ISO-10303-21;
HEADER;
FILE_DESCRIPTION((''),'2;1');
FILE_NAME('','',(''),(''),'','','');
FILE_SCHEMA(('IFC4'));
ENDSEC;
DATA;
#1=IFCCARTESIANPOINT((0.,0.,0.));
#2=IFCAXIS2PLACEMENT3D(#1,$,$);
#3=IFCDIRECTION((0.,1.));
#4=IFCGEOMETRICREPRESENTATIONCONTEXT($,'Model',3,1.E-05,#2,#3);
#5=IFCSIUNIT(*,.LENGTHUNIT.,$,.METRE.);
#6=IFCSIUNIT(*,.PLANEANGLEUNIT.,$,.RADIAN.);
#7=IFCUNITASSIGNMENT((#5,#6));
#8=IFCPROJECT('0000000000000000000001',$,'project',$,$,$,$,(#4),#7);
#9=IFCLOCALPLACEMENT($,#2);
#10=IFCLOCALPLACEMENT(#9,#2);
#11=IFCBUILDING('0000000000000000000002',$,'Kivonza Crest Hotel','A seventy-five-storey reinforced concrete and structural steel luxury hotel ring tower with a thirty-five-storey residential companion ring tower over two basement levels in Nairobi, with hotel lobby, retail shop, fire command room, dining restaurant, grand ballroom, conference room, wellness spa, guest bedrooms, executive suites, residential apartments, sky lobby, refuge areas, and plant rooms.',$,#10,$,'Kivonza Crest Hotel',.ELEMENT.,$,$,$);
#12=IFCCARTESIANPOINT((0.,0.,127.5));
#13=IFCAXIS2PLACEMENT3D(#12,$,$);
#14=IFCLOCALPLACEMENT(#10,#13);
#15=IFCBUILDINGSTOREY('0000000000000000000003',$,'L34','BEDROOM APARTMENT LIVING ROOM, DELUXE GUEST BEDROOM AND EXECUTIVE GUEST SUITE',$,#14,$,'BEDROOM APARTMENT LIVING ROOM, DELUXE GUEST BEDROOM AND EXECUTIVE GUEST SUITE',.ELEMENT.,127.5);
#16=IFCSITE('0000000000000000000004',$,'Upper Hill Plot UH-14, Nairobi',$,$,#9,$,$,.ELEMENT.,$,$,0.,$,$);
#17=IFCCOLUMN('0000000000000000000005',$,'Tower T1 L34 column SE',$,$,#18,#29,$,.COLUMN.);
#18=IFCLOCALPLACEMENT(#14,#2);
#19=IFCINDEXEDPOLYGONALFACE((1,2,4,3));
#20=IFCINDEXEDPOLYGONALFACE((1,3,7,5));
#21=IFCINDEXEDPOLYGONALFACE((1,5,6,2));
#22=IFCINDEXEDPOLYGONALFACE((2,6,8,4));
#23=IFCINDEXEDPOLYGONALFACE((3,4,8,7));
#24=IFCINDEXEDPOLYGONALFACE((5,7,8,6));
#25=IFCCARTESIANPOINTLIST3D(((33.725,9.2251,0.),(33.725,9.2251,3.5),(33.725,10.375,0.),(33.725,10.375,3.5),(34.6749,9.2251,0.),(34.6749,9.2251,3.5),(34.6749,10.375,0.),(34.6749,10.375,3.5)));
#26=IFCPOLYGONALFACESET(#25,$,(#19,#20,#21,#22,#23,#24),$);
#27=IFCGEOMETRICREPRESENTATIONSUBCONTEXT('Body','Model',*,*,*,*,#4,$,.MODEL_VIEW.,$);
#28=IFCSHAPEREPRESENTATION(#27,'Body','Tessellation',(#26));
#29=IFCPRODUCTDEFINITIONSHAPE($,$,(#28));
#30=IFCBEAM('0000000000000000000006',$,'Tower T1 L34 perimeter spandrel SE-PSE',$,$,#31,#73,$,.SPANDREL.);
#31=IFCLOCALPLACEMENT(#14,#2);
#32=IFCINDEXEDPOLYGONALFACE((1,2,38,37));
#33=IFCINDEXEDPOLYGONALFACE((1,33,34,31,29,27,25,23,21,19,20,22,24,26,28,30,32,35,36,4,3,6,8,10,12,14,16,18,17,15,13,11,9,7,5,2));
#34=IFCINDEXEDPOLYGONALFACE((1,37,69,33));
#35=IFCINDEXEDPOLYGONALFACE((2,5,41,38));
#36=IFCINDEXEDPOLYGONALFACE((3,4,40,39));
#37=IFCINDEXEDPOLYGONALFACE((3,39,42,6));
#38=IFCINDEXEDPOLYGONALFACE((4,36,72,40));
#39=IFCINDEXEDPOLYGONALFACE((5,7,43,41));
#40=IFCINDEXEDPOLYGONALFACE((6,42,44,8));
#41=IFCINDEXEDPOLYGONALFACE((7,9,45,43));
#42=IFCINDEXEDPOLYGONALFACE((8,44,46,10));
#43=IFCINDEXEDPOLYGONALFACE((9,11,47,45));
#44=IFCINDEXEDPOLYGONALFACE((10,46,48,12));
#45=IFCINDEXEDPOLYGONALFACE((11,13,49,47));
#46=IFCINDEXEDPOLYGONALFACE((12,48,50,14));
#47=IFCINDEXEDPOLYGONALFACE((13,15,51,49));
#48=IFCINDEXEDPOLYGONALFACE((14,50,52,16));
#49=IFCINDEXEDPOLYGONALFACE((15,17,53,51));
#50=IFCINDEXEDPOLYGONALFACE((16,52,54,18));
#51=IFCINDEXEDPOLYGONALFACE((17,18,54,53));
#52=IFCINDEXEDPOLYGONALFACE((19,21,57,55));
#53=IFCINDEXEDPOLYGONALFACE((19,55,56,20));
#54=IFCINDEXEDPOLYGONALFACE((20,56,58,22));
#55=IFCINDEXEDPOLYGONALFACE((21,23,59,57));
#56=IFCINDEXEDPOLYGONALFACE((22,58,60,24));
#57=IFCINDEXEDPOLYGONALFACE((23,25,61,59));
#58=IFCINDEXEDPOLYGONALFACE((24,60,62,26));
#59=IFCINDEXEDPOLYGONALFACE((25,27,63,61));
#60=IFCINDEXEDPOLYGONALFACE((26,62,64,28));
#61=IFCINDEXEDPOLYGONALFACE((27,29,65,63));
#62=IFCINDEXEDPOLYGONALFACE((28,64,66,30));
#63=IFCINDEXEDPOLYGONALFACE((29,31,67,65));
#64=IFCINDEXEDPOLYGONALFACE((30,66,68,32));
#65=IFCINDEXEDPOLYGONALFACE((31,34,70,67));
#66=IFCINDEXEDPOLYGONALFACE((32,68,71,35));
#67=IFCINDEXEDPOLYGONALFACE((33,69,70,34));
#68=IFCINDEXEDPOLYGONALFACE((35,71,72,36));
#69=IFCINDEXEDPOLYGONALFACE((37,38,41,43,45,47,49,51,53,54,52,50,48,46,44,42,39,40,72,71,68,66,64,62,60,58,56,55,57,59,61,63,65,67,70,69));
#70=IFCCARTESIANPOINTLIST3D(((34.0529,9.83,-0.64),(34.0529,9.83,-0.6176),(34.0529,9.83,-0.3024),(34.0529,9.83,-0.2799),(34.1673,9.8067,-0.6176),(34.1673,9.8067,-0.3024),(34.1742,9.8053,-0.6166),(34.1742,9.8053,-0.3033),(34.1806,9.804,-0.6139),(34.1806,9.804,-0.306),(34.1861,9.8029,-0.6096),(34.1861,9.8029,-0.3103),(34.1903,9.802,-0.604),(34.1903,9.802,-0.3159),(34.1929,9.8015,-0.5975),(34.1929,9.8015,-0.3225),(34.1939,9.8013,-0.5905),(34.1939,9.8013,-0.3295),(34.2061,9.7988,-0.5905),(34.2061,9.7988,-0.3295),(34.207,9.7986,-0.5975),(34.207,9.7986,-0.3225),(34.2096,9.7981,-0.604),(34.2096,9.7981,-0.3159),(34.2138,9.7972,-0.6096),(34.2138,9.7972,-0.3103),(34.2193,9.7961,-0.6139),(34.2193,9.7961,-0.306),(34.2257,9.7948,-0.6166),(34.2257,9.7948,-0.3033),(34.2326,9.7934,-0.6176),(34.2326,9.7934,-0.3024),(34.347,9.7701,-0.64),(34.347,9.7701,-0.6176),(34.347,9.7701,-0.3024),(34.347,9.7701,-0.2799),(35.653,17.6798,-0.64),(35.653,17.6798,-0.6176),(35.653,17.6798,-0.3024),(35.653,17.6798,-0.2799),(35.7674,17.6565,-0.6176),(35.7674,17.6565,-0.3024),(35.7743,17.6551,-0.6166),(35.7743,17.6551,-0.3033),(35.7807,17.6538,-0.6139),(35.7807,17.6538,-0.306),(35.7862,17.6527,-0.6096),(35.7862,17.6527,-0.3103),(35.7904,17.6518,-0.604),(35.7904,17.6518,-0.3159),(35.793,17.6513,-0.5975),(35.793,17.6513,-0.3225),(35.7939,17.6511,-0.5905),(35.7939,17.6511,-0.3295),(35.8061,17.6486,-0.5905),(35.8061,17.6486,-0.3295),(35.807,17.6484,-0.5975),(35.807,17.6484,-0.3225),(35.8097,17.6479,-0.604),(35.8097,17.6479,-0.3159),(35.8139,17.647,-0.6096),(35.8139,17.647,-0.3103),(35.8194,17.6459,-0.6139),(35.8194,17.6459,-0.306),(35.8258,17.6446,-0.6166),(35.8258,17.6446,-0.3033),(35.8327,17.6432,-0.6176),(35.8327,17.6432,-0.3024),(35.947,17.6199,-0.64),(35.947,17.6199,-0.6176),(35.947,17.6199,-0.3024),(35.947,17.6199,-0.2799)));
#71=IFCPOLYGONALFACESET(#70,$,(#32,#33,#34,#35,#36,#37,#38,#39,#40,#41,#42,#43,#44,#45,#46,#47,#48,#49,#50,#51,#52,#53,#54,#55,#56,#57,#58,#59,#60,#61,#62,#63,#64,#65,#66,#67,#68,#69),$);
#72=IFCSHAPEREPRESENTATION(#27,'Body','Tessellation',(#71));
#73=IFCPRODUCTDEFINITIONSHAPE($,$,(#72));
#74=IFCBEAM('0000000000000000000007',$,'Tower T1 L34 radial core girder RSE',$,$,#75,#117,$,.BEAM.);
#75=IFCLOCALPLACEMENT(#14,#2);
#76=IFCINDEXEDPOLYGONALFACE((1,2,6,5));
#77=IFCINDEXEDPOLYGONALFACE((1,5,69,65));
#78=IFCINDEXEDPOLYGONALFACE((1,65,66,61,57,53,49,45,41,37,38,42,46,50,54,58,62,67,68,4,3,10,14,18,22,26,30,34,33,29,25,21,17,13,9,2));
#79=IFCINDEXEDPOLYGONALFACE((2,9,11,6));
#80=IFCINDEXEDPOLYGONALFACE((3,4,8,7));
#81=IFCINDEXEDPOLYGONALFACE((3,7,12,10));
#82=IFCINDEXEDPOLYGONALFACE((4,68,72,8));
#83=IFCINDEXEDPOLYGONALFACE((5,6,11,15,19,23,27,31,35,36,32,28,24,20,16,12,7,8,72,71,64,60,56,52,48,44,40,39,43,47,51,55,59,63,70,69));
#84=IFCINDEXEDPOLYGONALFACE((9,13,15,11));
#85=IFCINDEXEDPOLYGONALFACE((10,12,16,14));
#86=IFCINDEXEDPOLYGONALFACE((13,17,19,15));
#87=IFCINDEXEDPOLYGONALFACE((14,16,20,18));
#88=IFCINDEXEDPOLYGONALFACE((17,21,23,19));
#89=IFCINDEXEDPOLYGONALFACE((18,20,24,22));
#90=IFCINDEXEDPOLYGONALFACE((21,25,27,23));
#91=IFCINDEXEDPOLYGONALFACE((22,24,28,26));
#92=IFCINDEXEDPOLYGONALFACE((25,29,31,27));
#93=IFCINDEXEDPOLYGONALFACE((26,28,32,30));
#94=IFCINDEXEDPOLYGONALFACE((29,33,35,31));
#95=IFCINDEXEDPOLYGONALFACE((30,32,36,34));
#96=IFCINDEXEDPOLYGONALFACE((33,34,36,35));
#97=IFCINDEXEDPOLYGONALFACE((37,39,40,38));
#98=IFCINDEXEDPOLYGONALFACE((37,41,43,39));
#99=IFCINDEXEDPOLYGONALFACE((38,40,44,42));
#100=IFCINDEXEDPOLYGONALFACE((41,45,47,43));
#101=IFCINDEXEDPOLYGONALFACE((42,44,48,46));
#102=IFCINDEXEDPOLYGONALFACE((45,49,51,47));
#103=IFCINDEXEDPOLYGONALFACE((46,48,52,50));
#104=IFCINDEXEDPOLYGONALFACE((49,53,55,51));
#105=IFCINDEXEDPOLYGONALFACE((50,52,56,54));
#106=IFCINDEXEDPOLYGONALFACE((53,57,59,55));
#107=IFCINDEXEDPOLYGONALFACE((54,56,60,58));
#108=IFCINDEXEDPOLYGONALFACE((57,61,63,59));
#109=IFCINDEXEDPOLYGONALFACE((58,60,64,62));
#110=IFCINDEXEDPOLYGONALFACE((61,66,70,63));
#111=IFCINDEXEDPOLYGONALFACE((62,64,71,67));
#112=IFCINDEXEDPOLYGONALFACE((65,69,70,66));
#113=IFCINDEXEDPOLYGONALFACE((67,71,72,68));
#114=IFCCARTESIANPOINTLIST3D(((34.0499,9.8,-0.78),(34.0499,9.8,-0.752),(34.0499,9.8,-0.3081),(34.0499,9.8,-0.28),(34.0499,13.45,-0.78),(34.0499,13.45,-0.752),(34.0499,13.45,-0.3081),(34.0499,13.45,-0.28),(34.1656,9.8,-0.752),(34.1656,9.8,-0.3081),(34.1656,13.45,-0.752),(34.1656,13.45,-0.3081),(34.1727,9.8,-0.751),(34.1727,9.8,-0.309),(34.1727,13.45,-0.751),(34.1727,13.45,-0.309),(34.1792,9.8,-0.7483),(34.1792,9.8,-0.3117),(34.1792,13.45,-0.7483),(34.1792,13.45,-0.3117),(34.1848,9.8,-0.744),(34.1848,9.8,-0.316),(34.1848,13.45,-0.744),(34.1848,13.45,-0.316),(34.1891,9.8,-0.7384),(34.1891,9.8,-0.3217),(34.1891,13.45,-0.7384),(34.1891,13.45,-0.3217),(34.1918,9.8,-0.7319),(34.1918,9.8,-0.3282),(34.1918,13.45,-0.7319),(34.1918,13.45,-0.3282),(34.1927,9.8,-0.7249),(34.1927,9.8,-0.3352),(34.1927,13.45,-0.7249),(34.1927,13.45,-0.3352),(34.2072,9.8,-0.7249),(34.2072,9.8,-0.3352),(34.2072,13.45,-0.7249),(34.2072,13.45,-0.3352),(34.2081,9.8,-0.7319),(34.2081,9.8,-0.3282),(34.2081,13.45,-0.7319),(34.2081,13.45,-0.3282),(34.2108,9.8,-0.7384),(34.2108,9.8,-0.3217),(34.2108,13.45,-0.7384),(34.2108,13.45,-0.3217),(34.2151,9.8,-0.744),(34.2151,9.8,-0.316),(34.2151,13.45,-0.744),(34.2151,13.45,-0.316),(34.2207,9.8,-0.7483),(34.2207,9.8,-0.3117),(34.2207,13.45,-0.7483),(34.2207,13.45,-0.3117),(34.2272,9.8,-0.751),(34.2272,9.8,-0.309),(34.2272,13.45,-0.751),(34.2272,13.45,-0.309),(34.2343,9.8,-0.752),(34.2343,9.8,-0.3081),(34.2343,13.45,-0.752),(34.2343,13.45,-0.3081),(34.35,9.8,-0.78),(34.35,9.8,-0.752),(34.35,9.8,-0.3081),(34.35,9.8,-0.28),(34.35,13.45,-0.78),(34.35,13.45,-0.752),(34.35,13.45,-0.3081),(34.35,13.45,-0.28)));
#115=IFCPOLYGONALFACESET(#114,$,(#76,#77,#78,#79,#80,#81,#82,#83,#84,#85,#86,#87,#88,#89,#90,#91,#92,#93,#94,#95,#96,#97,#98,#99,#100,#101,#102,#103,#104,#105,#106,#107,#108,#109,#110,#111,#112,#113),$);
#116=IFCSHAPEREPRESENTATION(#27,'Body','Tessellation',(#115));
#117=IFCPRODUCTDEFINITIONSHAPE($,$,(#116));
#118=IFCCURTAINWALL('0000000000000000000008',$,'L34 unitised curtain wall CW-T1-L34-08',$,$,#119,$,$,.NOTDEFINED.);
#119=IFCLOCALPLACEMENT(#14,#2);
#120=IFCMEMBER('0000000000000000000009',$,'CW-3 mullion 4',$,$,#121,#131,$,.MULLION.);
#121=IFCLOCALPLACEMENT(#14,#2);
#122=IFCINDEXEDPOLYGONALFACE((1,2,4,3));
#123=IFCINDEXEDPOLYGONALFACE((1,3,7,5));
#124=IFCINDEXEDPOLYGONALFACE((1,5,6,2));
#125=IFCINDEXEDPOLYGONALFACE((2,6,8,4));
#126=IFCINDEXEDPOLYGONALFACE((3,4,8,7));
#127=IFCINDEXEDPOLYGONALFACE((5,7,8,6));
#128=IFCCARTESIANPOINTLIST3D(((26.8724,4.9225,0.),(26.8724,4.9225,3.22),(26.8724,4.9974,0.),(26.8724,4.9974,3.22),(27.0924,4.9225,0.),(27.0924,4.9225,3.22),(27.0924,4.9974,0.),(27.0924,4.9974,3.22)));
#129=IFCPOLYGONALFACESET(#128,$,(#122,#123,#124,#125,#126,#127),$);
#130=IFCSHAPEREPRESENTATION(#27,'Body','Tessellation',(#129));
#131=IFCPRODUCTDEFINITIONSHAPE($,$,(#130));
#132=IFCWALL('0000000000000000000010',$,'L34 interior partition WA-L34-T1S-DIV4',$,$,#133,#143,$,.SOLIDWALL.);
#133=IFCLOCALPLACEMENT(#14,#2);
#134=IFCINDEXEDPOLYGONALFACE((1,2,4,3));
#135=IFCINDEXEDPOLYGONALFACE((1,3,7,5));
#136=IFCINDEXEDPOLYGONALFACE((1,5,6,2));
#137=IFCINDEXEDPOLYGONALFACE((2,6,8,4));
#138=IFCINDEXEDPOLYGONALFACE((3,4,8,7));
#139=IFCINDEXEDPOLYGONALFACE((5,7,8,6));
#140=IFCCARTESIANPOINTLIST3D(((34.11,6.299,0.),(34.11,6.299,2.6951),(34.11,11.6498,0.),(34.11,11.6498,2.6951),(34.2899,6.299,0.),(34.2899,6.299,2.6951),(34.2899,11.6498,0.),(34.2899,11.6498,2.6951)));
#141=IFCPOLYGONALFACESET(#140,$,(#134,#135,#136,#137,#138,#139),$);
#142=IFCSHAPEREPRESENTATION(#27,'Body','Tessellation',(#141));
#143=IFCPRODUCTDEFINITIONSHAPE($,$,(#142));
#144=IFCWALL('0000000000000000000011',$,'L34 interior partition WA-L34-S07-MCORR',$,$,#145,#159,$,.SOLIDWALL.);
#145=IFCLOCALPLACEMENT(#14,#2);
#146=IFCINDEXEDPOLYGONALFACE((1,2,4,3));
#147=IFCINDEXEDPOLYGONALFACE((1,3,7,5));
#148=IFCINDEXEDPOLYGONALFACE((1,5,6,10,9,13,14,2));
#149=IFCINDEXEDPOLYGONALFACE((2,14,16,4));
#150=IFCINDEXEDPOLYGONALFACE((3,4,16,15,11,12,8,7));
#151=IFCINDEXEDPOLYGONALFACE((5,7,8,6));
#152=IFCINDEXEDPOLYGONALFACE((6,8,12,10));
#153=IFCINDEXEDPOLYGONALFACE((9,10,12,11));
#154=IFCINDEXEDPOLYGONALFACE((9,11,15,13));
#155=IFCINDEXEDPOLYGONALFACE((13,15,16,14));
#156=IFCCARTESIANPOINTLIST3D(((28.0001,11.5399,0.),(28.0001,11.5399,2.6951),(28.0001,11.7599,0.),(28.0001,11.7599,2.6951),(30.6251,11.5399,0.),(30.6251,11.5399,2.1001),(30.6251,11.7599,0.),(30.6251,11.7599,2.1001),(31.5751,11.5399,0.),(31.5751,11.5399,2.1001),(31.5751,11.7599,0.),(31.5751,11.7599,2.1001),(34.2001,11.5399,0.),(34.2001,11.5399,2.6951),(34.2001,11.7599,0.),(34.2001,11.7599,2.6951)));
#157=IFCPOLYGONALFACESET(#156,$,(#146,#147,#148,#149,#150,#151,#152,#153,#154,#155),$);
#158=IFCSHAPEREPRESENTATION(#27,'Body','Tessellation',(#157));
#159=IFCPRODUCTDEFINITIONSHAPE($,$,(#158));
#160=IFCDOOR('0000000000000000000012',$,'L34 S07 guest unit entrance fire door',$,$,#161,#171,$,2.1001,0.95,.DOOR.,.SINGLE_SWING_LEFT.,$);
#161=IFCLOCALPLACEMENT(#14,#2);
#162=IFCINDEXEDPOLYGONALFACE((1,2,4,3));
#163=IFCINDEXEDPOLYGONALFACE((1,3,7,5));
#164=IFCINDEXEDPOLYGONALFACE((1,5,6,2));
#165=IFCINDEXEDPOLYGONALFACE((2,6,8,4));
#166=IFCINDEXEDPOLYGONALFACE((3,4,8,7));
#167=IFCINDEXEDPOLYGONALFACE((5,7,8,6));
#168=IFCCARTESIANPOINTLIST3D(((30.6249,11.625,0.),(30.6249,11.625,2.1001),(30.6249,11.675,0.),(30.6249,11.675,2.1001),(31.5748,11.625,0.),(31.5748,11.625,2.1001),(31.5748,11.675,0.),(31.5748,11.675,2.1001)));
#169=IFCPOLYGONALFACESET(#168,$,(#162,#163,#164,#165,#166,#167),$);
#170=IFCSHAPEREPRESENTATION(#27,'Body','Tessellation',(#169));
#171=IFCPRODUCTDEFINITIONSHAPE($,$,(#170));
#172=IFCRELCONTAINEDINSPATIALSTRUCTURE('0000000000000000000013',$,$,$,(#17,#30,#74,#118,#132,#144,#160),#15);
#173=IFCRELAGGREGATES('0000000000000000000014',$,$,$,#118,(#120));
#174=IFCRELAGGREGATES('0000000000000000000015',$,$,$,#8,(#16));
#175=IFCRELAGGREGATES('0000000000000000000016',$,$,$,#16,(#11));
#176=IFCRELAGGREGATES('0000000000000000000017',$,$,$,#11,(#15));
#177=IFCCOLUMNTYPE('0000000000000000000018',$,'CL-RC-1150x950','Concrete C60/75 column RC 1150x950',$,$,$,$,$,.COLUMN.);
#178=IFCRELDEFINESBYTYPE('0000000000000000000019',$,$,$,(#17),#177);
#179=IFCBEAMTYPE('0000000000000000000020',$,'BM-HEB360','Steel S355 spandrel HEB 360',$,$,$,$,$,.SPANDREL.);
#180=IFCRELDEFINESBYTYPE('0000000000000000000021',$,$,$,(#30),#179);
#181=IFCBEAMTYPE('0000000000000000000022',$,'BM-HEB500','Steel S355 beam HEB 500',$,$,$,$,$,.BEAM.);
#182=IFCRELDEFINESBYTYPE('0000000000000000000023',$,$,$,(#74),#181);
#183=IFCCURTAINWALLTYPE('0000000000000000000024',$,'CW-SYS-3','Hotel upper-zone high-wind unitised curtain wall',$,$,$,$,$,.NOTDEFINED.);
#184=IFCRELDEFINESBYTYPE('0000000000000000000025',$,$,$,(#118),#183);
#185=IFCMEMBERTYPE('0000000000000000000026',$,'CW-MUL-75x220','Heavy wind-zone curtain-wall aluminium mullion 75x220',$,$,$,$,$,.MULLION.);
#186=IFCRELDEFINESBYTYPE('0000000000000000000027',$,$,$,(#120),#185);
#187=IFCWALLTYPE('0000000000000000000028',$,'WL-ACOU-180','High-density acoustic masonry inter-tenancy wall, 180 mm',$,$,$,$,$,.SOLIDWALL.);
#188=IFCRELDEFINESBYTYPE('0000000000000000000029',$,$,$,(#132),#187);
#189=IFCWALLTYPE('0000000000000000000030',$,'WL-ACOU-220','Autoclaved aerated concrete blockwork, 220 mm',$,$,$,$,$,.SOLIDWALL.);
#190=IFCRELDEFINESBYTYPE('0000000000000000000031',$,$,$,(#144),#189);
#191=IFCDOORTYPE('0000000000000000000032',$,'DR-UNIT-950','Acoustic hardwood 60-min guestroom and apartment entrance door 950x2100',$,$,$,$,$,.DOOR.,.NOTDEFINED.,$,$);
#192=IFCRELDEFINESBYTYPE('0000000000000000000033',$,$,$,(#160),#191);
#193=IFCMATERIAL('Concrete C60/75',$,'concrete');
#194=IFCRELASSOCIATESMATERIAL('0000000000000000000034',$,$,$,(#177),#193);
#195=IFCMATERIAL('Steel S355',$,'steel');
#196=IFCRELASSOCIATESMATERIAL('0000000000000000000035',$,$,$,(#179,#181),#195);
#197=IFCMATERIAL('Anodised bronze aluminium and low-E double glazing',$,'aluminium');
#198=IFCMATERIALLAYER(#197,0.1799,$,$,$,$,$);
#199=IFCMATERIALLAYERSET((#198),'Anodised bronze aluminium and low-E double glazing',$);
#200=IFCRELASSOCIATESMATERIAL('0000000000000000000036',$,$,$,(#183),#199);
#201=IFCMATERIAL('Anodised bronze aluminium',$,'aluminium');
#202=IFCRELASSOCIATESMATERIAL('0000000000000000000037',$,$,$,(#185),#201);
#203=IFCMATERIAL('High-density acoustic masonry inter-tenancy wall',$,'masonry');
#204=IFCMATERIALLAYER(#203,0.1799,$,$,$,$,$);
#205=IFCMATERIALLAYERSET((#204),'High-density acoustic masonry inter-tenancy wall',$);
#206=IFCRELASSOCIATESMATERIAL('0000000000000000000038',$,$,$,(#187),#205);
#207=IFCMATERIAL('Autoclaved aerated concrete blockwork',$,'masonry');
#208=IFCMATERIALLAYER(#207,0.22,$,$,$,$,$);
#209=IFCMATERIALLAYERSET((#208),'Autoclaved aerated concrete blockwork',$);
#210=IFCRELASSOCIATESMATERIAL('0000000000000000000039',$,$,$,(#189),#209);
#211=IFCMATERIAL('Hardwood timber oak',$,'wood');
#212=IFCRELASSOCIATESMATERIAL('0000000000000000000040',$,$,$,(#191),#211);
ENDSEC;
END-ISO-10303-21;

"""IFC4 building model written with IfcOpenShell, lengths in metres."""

from ifc_helpers import new_model, si_unit, direction, frame, frame_2d, origin, origin_2d, place, context, subcontext, project, spatial, rectangle, i_section, extrude, material, layer, layer_set, material_profile, profile_set, type_object, element, fill, aggregate, save


model = new_model("IFC4")

# Units and contexts
model_context = context("Model", 3, precision=1e-05, world=origin(), true_north=direction((0.0, 1.0)))
body_context = subcontext(model_context, "Body", "Model", "MODEL_VIEW")
ifc_project = project(units=[si_unit("LENGTHUNIT", "METRE"), si_unit("PLANEANGLEUNIT", "RADIAN")], contexts=[model_context])

# Site, building, storey
site_placement = place(None, origin())
site = spatial("IfcSite", under=ifc_project, at=site_placement, Name="Upper Hill Plot UH-14, Nairobi", CompositionType="ELEMENT", RefElevation=0.0)
building_placement = place(site_placement, origin())
building = spatial("IfcBuilding", under=site, at=building_placement, Name="Kivonza Crest Hotel", Description="A seventy-five-storey reinforced concrete and structural steel luxury hotel ring tower with a thirty-five-storey residential companion ring tower over two basement levels in Nairobi, with hotel lobby, retail shop, fire command room, dining restaurant, grand ballroom, conference room, wellness spa, guest bedrooms, executive suites, residential apartments, sky lobby, refuge areas, and plant rooms.", LongName="Kivonza Crest Hotel", CompositionType="ELEMENT")
storey_placement = place(building_placement, frame((0.0, 0.0, 127.5)))
storey = spatial("IfcBuildingStorey", under=building, at=storey_placement, Name="L34", Description="BEDROOM APARTMENT LIVING ROOM, DELUXE GUEST BEDROOM AND EXECUTIVE GUEST SUITE", LongName="BEDROOM APARTMENT LIVING ROOM, DELUXE GUEST BEDROOM AND EXECUTIVE GUEST SUITE", CompositionType="ELEMENT", Elevation=127.5)

# Column
ifc_material_1 = material(Name="Concrete C60/75", Category="concrete")
ifc_material_profile_1 = material_profile(ifc_material_1, rectangle(XDim=0.95, YDim=1.1499, at=origin_2d()), Name="RC 1150x950")
ifc_profile_set_1 = profile_set([ifc_material_profile_1], Name="Concrete C60/75")
column_type = type_object("IfcColumnType", Name="CL-RC-1150x950", Description="Concrete C60/75 column RC 1150x950", PredefinedType="COLUMN", material=ifc_profile_set_1)
column_placement = place(storey_placement, frame((34.2, 9.8, 0.0), z_axis=(0.0, 0.0, 1.0), x_axis=(1.0, 0.0, 0.0)))
element("IfcColumn", 1, at=column_placement, inside=storey, type_object=column_type, Name="Tower T1 L34 column SE", PredefinedType="COLUMN", context=body_context, shape_type="SweptSolid", body=[
    extrude(rectangle(XDim=0.95, YDim=1.1499, at=origin_2d()), origin(), (0.0, 0.0, 1.0), 3.5),
])

# Beams
ifc_material_2 = material(Name="Steel S355", Category="steel")
ifc_material_profile_2 = material_profile(ifc_material_2, i_section(OverallWidth=0.3, OverallDepth=0.3601, WebThickness=0.0125, FlangeThickness=0.0225, FilletRadius=0.0271, at=origin_2d()), Name="HEB 360")
ifc_profile_set_2 = profile_set([ifc_material_profile_2], Name="Steel S355")
beam_type_1 = type_object("IfcBeamType", Name="BM-HEB360", Description="Steel S355 spandrel HEB 360", PredefinedType="SPANDREL", material=ifc_profile_set_2)
beam_1_placement = place(storey_placement, frame((34.2, 9.8, -0.46), z_axis=(0.199731, 0.979851, 0.0), x_axis=(-0.979851, 0.199731, 0.0)))
element("IfcBeam", 2, at=beam_1_placement, inside=storey, type_object=beam_type_1, Name="Tower T1 L34 perimeter spandrel SE-PSE", PredefinedType="SPANDREL", context=body_context, shape_type="SweptSolid", body=[
    extrude(i_section(OverallWidth=0.3, OverallDepth=0.3601, WebThickness=0.0125, FlangeThickness=0.0225, FilletRadius=0.0271, at=origin_2d()), origin(), (0.0, 0.0, 1.0), 8.0112),
])
ifc_material_profile_3 = material_profile(ifc_material_2, i_section(OverallWidth=0.3, OverallDepth=0.5, WebThickness=0.0144, FlangeThickness=0.0281, FilletRadius=0.0271, at=origin_2d()), Name="HEB 500")
ifc_profile_set_3 = profile_set([ifc_material_profile_3], Name="Steel S355")
beam_type_2 = type_object("IfcBeamType", Name="BM-HEB500", Description="Steel S355 beam HEB 500", PredefinedType="BEAM", material=ifc_profile_set_3)
beam_2_placement = place(storey_placement, frame((34.2, 9.8, -0.53), z_axis=(0.0, 1.0, 0.0), x_axis=(-1.0, 0.0, 0.0)))
element("IfcBeam", 3, at=beam_2_placement, inside=storey, type_object=beam_type_2, Name="Tower T1 L34 radial core girder RSE", PredefinedType="BEAM", context=body_context, shape_type="SweptSolid", body=[
    extrude(i_section(OverallWidth=0.3, OverallDepth=0.5, WebThickness=0.0144, FlangeThickness=0.0281, FilletRadius=0.0271, at=origin_2d()), origin(), (0.0, 0.0, 1.0), 3.6499),
])

# Curtain wall, member
ifc_material_3 = material(Name="Anodised bronze aluminium and low-E double glazing", Category="aluminium")
ifc_layer_1 = layer(ifc_material_3, 0.1799)
ifc_layer_set_1 = layer_set([ifc_layer_1], Name="Anodised bronze aluminium and low-E double glazing")
curtain_wall_type = type_object("IfcCurtainWallType", Name="CW-SYS-3", Description="Hotel upper-zone high-wind unitised curtain wall", PredefinedType="NOTDEFINED", material=ifc_layer_set_1)
curtain_wall_placement = place(storey_placement, origin())
curtain_wall = element("IfcCurtainWall", 4, at=curtain_wall_placement, inside=storey, type_object=curtain_wall_type, Name="L34 unitised curtain wall CW-T1-L34-08", PredefinedType="NOTDEFINED")
ifc_material_4 = material(Name="Anodised bronze aluminium", Category="aluminium")
ifc_material_profile_4 = material_profile(ifc_material_4, rectangle(XDim=0.075, YDim=0.22, at=origin_2d()), Name="CW-M 75x220")
ifc_profile_set_4 = profile_set([ifc_material_profile_4], Name="Anodised bronze aluminium")
member_type = type_object("IfcMemberType", Name="CW-MUL-75x220", Description="Heavy wind-zone curtain-wall aluminium mullion 75x220", PredefinedType="MULLION", material=ifc_profile_set_4)
member_placement = place(storey_placement, frame((26.9824, 4.96, 0.0), z_axis=(0.0, 0.0, 1.0), x_axis=(0.0, 1.0, 0.0)))
member = element("IfcMember", 5, at=member_placement, type_object=member_type, Name="CW-3 mullion 4", PredefinedType="MULLION", context=body_context, shape_type="SweptSolid", body=[
    extrude(rectangle(XDim=0.075, YDim=0.22, at=origin_2d()), origin(), (0.0, 0.0, 1.0), 3.22),
])
aggregate(curtain_wall, [member])

# Wall
ifc_material_5 = material(Name="High-density acoustic masonry inter-tenancy wall", Category="masonry")
ifc_layer_2 = layer(ifc_material_5, 0.1799)
ifc_layer_set_2 = layer_set([ifc_layer_2], Name="High-density acoustic masonry inter-tenancy wall")
wall_type_1 = type_object("IfcWallType", Name="WL-ACOU-180", Description="High-density acoustic masonry inter-tenancy wall, 180 mm", PredefinedType="SOLIDWALL", material=ifc_layer_set_2)
wall_1_placement = place(storey_placement, frame((34.2, 6.2991, 0.0), z_axis=(0.0, 0.0, 1.0), x_axis=(0.0, 1.0, 0.0)))
element("IfcWall", 6, at=wall_1_placement, inside=storey, type_object=wall_type_1, Name="L34 interior partition WA-L34-T1S-DIV4", PredefinedType="SOLIDWALL", context=body_context, shape_type="SweptSolid", body=[
    extrude(rectangle(XDim=5.3508, YDim=0.1799, at=frame_2d((2.6753, 0.0))), origin(), (0.0, 0.0, 1.0), 2.6951),
])

# Wall, opening, door
ifc_material_6 = material(Name="Autoclaved aerated concrete blockwork", Category="masonry")
ifc_layer_3 = layer(ifc_material_6, 0.22)
ifc_layer_set_3 = layer_set([ifc_layer_3], Name="Autoclaved aerated concrete blockwork")
wall_type_2 = type_object("IfcWallType", Name="WL-ACOU-220", Description="Autoclaved aerated concrete blockwork, 220 mm", PredefinedType="SOLIDWALL", material=ifc_layer_set_3)
wall_2_placement = place(storey_placement, frame((28.0, 11.6499, 0.0), z_axis=(0.0, 0.0, 1.0), x_axis=(1.0, 0.0, 0.0)))
wall_2 = element("IfcWall", 7, at=wall_2_placement, inside=storey, type_object=wall_type_2, Name="L34 interior partition WA-L34-S07-MCORR", PredefinedType="SOLIDWALL", context=body_context, shape_type="SweptSolid", body=[
    extrude(rectangle(XDim=6.2, YDim=0.22, at=frame_2d((3.1001, 0.0))), origin(), (0.0, 0.0, 1.0), 2.6951),
])
opening_1_placement = place(wall_2_placement, frame((2.625, 0.0, 0.0)))
opening_1 = element("IfcOpeningElement", 8, at=opening_1_placement, cuts=wall_2, PredefinedType="OPENING", context=body_context, shape_type="SweptSolid", body=[
    extrude(rectangle(XDim=0.95, YDim=2.1001, at=frame_2d((0.4751, 1.05))), frame((0.0, 0.1201, 0.0), z_axis=(0.0, -1.0, 0.0), x_axis=(1.0, 0.0, 0.0)), (0.0, 0.0, 1.0), 0.24),
])
ifc_material_7 = material(Name="Hardwood timber oak", Category="wood")
door_type_1 = type_object("IfcDoorType", Name="DR-UNIT-950", Description="Acoustic hardwood 60-min guestroom and apartment entrance door 950x2100", OperationType="NOTDEFINED", PredefinedType="DOOR", material=ifc_material_7)
door_1_placement = place(opening_1_placement, frame((0.95, 0.0, 0.0), z_axis=(0.0, 0.0, 1.0), x_axis=(-1.0, 0.0, 0.0)))
door_1 = element("IfcDoor", 9, at=door_1_placement, inside=storey, type_object=door_type_1, Name="L34 S07 guest unit entrance fire door", OperationType="SINGLE_SWING_LEFT", OverallHeight=2.1001, OverallWidth=0.95, PredefinedType="DOOR", context=body_context, shape_type="SweptSolid", body=[
    extrude(rectangle(XDim=0.95, YDim=2.1001, at=frame_2d((0.4751, 1.05))), frame((0.0, 0.0249, 0.0), z_axis=(0.0, -1.0, 0.0), x_axis=(1.0, 0.0, 0.0)), (0.0, 0.0, 1.0), 0.05),
])
fill(opening_1, door_1)

save(model, "model.ifc")
